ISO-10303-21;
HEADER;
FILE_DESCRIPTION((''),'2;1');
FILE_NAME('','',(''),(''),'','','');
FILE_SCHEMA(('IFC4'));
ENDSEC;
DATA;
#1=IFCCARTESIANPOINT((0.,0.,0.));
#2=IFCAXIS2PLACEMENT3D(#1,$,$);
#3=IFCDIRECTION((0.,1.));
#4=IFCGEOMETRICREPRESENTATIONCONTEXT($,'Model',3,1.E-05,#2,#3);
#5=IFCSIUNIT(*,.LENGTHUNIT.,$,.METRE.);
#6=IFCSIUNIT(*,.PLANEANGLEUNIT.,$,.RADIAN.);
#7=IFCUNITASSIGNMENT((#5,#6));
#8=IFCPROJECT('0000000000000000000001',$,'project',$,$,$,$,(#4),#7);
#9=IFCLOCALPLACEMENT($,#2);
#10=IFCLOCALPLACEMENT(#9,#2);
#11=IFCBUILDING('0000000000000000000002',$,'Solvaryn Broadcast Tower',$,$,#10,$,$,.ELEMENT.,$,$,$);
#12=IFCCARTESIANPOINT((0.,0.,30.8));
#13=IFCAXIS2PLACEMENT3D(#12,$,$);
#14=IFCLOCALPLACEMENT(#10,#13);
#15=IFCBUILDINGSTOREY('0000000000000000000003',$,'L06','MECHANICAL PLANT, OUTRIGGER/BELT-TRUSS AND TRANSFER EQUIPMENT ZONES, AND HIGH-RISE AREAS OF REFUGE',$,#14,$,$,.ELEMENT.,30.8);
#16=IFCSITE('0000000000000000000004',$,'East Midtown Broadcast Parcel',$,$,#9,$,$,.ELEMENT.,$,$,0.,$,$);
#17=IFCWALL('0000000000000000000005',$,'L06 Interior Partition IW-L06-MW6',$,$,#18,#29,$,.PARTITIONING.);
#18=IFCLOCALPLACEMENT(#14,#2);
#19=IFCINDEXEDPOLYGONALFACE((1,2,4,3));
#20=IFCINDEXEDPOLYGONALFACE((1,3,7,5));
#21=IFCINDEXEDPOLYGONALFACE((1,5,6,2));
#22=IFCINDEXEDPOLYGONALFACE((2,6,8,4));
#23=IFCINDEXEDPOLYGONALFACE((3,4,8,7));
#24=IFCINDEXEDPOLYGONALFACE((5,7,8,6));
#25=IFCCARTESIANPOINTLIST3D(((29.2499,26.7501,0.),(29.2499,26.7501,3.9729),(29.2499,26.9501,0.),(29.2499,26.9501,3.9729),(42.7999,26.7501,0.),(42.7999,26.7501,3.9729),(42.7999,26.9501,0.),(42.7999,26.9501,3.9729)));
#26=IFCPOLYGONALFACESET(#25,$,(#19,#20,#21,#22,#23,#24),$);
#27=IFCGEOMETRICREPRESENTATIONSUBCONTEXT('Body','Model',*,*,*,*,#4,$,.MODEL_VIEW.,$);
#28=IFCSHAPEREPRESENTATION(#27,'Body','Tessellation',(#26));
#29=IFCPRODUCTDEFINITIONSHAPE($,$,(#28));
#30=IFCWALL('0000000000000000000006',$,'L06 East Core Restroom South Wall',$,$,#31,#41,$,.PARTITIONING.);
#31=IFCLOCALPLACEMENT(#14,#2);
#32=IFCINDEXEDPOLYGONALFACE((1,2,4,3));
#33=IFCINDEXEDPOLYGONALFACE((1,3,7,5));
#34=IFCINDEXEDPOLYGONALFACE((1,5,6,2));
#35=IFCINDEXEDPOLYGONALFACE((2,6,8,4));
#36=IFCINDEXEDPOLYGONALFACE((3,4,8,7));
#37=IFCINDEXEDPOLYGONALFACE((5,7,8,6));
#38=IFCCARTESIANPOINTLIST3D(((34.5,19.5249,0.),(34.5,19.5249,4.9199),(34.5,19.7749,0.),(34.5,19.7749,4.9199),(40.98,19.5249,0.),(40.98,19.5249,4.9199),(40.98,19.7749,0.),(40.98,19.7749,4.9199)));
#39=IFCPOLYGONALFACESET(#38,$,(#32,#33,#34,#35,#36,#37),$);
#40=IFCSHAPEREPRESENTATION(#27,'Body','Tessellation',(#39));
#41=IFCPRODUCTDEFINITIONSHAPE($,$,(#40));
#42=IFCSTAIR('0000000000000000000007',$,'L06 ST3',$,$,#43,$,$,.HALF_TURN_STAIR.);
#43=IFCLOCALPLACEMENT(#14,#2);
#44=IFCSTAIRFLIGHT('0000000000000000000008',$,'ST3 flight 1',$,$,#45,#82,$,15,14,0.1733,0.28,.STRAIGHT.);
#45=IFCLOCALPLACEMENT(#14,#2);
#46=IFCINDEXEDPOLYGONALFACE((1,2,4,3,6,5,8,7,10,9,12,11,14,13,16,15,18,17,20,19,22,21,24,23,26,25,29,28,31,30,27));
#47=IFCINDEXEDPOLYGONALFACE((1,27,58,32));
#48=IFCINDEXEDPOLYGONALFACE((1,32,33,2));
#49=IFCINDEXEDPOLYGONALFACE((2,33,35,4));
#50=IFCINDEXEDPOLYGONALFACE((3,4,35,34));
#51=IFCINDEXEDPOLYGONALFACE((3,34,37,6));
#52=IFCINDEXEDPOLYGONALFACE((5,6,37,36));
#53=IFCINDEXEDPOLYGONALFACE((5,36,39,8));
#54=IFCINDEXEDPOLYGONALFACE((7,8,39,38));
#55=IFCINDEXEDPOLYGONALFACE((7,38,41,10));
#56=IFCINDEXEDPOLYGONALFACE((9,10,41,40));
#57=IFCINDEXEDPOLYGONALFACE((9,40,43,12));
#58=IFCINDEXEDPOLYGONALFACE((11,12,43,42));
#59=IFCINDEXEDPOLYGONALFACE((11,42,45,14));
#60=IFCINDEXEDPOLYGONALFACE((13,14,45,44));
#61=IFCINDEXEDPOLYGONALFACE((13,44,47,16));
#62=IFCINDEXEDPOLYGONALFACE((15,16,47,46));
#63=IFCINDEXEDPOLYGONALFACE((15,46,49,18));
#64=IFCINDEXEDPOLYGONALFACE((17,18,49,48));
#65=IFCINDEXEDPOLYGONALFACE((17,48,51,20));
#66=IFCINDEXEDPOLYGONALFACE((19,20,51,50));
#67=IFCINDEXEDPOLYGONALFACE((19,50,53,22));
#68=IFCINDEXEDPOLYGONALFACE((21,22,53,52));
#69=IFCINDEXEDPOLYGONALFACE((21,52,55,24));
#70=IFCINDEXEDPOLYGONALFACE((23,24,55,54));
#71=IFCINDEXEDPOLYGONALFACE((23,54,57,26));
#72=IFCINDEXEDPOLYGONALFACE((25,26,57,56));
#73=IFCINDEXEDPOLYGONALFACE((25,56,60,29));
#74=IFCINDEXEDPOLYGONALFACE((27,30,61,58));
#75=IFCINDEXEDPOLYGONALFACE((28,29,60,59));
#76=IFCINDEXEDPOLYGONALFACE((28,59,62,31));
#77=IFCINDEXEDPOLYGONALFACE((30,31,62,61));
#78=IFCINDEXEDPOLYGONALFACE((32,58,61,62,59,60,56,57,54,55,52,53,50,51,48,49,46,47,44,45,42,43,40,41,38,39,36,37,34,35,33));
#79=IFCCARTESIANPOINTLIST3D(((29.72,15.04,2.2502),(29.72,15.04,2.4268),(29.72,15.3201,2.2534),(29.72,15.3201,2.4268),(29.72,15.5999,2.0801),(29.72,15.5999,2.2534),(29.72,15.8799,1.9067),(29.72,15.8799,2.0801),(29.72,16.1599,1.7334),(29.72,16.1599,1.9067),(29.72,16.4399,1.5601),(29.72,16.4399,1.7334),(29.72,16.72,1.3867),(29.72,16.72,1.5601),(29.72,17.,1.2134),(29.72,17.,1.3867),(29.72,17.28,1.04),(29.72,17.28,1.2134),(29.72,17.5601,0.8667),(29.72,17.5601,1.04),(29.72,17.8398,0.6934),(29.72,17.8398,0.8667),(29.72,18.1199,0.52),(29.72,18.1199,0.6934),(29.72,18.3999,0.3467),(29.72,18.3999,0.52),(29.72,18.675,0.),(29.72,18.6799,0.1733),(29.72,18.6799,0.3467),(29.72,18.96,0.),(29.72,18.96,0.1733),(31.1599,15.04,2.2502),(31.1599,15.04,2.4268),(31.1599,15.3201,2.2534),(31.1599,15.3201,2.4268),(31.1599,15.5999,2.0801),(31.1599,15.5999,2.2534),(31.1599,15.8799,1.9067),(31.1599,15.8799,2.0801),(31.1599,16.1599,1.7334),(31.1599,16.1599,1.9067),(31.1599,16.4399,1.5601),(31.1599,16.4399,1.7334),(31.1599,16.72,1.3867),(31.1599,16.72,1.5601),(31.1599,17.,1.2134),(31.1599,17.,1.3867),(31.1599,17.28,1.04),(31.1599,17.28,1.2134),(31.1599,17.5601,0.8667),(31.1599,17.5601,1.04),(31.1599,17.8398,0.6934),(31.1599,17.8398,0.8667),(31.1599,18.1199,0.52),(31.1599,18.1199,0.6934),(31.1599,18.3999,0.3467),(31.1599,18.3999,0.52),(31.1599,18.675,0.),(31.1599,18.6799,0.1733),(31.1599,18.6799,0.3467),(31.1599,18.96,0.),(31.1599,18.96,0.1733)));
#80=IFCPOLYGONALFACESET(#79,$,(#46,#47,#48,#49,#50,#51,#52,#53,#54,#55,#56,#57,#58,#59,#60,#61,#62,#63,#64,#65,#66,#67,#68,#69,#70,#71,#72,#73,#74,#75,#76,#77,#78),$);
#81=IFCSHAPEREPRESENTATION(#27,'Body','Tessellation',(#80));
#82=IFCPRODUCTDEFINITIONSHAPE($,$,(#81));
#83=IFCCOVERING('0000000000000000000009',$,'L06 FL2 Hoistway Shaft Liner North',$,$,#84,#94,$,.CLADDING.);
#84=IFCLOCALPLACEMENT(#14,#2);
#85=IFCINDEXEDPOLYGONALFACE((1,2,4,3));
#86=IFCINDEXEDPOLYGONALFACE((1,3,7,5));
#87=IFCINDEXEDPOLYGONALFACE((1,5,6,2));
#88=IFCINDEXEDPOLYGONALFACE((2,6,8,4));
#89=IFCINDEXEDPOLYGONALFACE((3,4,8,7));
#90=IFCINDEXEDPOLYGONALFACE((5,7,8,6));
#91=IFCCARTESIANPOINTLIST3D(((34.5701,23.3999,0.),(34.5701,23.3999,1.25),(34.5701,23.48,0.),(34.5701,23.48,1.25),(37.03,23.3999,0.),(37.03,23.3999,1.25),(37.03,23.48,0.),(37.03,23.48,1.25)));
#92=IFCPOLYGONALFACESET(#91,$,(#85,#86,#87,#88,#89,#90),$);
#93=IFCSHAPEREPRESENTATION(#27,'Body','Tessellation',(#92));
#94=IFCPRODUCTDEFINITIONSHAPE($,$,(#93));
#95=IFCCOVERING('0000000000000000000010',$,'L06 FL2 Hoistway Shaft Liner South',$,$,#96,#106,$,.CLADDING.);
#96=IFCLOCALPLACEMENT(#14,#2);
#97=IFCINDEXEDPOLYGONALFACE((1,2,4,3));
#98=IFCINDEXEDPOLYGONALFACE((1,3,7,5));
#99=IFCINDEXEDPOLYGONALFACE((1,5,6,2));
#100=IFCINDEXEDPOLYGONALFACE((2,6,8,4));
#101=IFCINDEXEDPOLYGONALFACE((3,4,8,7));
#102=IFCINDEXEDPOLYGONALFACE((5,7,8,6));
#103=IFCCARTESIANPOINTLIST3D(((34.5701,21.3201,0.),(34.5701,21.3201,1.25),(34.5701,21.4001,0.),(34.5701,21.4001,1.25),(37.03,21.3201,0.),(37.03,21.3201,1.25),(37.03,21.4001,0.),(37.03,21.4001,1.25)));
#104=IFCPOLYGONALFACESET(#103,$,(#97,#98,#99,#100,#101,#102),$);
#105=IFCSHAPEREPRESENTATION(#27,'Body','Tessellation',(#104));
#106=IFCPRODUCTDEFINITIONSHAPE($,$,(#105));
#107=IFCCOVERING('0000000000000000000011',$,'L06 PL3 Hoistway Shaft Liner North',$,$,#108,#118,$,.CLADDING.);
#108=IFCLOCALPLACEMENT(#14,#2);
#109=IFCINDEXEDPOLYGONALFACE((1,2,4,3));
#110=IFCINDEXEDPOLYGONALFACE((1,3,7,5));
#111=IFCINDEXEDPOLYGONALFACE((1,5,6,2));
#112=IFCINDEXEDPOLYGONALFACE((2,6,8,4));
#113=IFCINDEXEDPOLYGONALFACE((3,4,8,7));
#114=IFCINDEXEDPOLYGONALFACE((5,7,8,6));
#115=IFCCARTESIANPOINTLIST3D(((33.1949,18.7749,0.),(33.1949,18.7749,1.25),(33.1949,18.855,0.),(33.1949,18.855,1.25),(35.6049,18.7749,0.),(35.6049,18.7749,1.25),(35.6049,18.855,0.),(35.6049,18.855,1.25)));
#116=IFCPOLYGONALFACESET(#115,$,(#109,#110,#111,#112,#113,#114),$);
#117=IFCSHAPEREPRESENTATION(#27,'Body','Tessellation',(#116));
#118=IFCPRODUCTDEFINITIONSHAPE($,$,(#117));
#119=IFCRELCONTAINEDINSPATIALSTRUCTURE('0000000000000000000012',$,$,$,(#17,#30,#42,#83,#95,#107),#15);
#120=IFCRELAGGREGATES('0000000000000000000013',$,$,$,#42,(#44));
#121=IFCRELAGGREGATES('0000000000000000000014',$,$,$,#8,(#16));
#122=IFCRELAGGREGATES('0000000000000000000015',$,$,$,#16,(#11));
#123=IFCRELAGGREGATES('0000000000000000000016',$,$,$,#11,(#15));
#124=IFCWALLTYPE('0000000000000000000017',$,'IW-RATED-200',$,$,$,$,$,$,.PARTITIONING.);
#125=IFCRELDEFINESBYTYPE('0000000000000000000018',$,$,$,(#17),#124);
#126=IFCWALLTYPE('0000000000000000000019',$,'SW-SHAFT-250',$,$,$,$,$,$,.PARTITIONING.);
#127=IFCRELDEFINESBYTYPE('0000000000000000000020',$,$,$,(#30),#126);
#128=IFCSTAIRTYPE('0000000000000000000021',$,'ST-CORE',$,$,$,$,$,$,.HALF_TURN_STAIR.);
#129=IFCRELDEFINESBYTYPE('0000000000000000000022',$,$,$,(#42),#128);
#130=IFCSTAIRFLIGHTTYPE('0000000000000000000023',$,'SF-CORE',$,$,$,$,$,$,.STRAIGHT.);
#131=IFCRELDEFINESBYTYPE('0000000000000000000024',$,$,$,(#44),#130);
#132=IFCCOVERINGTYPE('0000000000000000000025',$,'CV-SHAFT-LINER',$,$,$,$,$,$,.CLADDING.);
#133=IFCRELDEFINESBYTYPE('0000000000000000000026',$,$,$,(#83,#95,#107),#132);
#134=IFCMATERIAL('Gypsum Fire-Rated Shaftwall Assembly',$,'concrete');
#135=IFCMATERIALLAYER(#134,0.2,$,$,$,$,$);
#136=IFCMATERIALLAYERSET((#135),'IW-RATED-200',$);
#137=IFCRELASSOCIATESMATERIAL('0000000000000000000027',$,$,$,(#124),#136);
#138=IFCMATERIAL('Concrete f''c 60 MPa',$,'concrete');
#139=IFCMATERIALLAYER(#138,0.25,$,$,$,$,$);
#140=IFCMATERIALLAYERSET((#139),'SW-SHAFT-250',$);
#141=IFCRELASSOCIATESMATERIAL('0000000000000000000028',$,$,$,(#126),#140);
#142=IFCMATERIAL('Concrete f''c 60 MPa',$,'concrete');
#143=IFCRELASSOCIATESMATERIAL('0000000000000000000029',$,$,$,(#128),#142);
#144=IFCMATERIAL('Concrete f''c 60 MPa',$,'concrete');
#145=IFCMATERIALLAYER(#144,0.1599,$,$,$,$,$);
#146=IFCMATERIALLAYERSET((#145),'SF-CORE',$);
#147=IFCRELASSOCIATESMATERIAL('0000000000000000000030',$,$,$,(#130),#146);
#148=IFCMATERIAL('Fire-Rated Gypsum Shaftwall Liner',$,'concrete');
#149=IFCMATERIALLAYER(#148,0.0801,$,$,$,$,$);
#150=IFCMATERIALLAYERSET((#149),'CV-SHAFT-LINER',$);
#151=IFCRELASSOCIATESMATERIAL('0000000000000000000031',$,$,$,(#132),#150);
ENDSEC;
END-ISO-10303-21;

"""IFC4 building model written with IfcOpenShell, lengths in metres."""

from ifc_helpers import new_model, si_unit, direction, frame, frame_2d, origin, origin_2d, place, context, subcontext, project, spatial, polyline, rectangle, outline, extrude, material, layer, layer_set, type_object, element, aggregate, save


model = new_model("IFC4")

# Units and contexts
model_context = context("Model", 3, precision=1e-05, world=origin(), true_north=direction((0.0, 1.0)))
body_context = subcontext(model_context, "Body", "Model", "MODEL_VIEW")
ifc_project = project(units=[si_unit("LENGTHUNIT", "METRE"), si_unit("PLANEANGLEUNIT", "RADIAN")], contexts=[model_context])

# Site, building, storey
site_placement = place(None, origin())
site = spatial("IfcSite", under=ifc_project, at=site_placement, Name="East Midtown Broadcast Parcel", CompositionType="ELEMENT", RefElevation=0.0)
building_placement = place(site_placement, origin())
building = spatial("IfcBuilding", under=site, at=building_placement, Name="Solvaryn Broadcast Tower", CompositionType="ELEMENT")
storey_placement = place(building_placement, frame((0.0, 0.0, 30.8)))
storey = spatial("IfcBuildingStorey", under=building, at=storey_placement, Name="L06", Description="MECHANICAL PLANT, OUTRIGGER/BELT-TRUSS AND TRANSFER EQUIPMENT ZONES, AND HIGH-RISE AREAS OF REFUGE", CompositionType="ELEMENT", Elevation=30.8)

# Wall
ifc_material_1 = material(Name="Gypsum Fire-Rated Shaftwall Assembly", Category="concrete")
ifc_layer_1 = layer(ifc_material_1, 0.2)
ifc_layer_set_1 = layer_set([ifc_layer_1], Name="IW-RATED-200")
wall_type_1 = type_object("IfcWallType", Name="IW-RATED-200", PredefinedType="PARTITIONING", material=ifc_layer_set_1)
wall_1_placement = place(storey_placement, frame((29.25, 26.8501, 0.0), z_axis=(0.0, 0.0, 1.0), x_axis=(1.0, 0.0, 0.0)))
element("IfcWall", 1, at=wall_1_placement, inside=storey, type_object=wall_type_1, Name="L06 Interior Partition IW-L06-MW6", PredefinedType="PARTITIONING", context=body_context, shape_type="SweptSolid", body=[
    extrude(rectangle(XDim=13.55, YDim=0.2, at=frame_2d((6.7749, 0.0))), origin(), (0.0, 0.0, 1.0), 3.9729),
])

# Shared definitions
ifc_material_2 = material(Name="Concrete f'c 60 MPa", Category="concrete")
ifc_layer_2 = layer(ifc_material_2, 0.25)
ifc_layer_set_2 = layer_set([ifc_layer_2], Name="SW-SHAFT-250")
wall_type_2 = type_object("IfcWallType", Name="SW-SHAFT-250", PredefinedType="PARTITIONING", material=ifc_layer_set_2)

# Wall
wall_2_placement = place(storey_placement, frame((34.5, 19.6499, 0.0), z_axis=(0.0, 0.0, 1.0), x_axis=(1.0, 0.0, 0.0)))
element("IfcWall", 2, at=wall_2_placement, inside=storey, type_object=wall_type_2, Name="L06 East Core Restroom South Wall", PredefinedType="PARTITIONING", context=body_context, shape_type="SweptSolid", body=[
    extrude(rectangle(XDim=6.48, YDim=0.25, at=frame_2d((3.24, 0.0))), origin(), (0.0, 0.0, 1.0), 4.9199),
])

# Stair, stair flight
ifc_material_3 = material(Name="Concrete f'c 60 MPa", Category="concrete")
stair_type = type_object("IfcStairType", Name="ST-CORE", PredefinedType="HALF_TURN_STAIR", material=ifc_material_3)
stair_placement = place(storey_placement, origin())
stair = element("IfcStair", 3, at=stair_placement, inside=storey, type_object=stair_type, Name="L06 ST3", PredefinedType="HALF_TURN_STAIR")
ifc_material_4 = material(Name="Concrete f'c 60 MPa", Category="concrete")
ifc_layer_3 = layer(ifc_material_4, 0.1599)
ifc_layer_set_3 = layer_set([ifc_layer_3], Name="SF-CORE")
stair_flight_type = type_object("IfcStairFlightType", Name="SF-CORE", PredefinedType="STRAIGHT", material=ifc_layer_set_3)
stair_flight_placement = place(storey_placement, frame((30.4399, 18.96, 0.0), z_axis=(0.0, 0.0, 1.0), x_axis=(0.0, -1.0, 0.0)))
stair_flight = element("IfcStairFlight", 4, at=stair_flight_placement, type_object=stair_flight_type, Name="ST3 flight 1", NumberOfRisers=15, NumberOfTreads=14, PredefinedType="STRAIGHT", RiserHeight=0.1733, TreadLength=0.28, context=body_context, shape_type="SweptSolid", body=[
    extrude(outline(polyline([(0.0, 0.0), (0.0, 0.1733), (0.28, 0.1733), (0.28, 0.3467), (0.5601, 0.3467), (0.5601, 0.52), (0.8401, 0.52), (0.8401, 0.6934), (1.1201, 0.6934), (1.1201, 0.8667), (1.3999, 0.8667), (1.3999, 1.04), (1.6799, 1.04), (1.6799, 1.2134), (1.96, 1.2134), (1.96, 1.3867), (2.24, 1.3867), (2.24, 1.5601), (2.52, 1.5601), (2.52, 1.7334), (2.8, 1.7334), (2.8, 1.9067), (3.0801, 1.9067), (3.0801, 2.0801), (3.3601, 2.0801), (3.3601, 2.2534), (3.6399, 2.2534), (3.6399, 2.4268), (3.9199, 2.4268), (3.9199, 2.6001), (3.9199, 2.2502), (0.2849, 0.0), (0.0, 0.0)])), frame((0.0, 0.72, 0.0), z_axis=(0.0, -1.0, 0.0), x_axis=(1.0, 0.0, 0.0)), (0.0, 0.0, 1.0), 1.4399),
])
aggregate(stair, [stair_flight])

# Coverings
ifc_material_5 = material(Name="Fire-Rated Gypsum Shaftwall Liner", Category="concrete")
ifc_layer_4 = layer(ifc_material_5, 0.0801)
ifc_layer_set_4 = layer_set([ifc_layer_4], Name="CV-SHAFT-LINER")
covering_type = type_object("IfcCoveringType", Name="CV-SHAFT-LINER", PredefinedType="CLADDING", material=ifc_layer_set_4)
for number, where, z_axis, x_axis, name in (
    (5, (35.8, 23.4399, 0.0), (0.0, 0.0, 1.0), (1.0, 0.0, 0.0), "L06 FL2 Hoistway Shaft Liner North"),
    (6, (35.8, 21.3601, 0.0), (0.0, 0.0, 1.0), (1.0, 0.0, 0.0), "L06 FL2 Hoistway Shaft Liner South"),
):
    element("IfcCovering", number, at=place(storey_placement, frame(where, z_axis=z_axis, x_axis=x_axis)), inside=storey, type_object=covering_type, Name=name, PredefinedType="CLADDING", context=body_context, shape_type="SweptSolid", body=[
        extrude(rectangle(XDim=2.46, YDim=0.0801, at=origin_2d()), origin(), (0.0, 0.0, 1.0), 1.25),
    ])
covering_placement = place(storey_placement, frame((34.3999, 18.8149, 0.0), z_axis=(0.0, 0.0, 1.0), x_axis=(1.0, 0.0, 0.0)))
element("IfcCovering", 7, at=covering_placement, inside=storey, type_object=covering_type, Name="L06 PL3 Hoistway Shaft Liner North", PredefinedType="CLADDING", context=body_context, shape_type="SweptSolid", body=[
    extrude(rectangle(XDim=2.4099, YDim=0.0801, at=origin_2d()), origin(), (0.0, 0.0, 1.0), 1.25),
])

save(model, "model.ifc")
